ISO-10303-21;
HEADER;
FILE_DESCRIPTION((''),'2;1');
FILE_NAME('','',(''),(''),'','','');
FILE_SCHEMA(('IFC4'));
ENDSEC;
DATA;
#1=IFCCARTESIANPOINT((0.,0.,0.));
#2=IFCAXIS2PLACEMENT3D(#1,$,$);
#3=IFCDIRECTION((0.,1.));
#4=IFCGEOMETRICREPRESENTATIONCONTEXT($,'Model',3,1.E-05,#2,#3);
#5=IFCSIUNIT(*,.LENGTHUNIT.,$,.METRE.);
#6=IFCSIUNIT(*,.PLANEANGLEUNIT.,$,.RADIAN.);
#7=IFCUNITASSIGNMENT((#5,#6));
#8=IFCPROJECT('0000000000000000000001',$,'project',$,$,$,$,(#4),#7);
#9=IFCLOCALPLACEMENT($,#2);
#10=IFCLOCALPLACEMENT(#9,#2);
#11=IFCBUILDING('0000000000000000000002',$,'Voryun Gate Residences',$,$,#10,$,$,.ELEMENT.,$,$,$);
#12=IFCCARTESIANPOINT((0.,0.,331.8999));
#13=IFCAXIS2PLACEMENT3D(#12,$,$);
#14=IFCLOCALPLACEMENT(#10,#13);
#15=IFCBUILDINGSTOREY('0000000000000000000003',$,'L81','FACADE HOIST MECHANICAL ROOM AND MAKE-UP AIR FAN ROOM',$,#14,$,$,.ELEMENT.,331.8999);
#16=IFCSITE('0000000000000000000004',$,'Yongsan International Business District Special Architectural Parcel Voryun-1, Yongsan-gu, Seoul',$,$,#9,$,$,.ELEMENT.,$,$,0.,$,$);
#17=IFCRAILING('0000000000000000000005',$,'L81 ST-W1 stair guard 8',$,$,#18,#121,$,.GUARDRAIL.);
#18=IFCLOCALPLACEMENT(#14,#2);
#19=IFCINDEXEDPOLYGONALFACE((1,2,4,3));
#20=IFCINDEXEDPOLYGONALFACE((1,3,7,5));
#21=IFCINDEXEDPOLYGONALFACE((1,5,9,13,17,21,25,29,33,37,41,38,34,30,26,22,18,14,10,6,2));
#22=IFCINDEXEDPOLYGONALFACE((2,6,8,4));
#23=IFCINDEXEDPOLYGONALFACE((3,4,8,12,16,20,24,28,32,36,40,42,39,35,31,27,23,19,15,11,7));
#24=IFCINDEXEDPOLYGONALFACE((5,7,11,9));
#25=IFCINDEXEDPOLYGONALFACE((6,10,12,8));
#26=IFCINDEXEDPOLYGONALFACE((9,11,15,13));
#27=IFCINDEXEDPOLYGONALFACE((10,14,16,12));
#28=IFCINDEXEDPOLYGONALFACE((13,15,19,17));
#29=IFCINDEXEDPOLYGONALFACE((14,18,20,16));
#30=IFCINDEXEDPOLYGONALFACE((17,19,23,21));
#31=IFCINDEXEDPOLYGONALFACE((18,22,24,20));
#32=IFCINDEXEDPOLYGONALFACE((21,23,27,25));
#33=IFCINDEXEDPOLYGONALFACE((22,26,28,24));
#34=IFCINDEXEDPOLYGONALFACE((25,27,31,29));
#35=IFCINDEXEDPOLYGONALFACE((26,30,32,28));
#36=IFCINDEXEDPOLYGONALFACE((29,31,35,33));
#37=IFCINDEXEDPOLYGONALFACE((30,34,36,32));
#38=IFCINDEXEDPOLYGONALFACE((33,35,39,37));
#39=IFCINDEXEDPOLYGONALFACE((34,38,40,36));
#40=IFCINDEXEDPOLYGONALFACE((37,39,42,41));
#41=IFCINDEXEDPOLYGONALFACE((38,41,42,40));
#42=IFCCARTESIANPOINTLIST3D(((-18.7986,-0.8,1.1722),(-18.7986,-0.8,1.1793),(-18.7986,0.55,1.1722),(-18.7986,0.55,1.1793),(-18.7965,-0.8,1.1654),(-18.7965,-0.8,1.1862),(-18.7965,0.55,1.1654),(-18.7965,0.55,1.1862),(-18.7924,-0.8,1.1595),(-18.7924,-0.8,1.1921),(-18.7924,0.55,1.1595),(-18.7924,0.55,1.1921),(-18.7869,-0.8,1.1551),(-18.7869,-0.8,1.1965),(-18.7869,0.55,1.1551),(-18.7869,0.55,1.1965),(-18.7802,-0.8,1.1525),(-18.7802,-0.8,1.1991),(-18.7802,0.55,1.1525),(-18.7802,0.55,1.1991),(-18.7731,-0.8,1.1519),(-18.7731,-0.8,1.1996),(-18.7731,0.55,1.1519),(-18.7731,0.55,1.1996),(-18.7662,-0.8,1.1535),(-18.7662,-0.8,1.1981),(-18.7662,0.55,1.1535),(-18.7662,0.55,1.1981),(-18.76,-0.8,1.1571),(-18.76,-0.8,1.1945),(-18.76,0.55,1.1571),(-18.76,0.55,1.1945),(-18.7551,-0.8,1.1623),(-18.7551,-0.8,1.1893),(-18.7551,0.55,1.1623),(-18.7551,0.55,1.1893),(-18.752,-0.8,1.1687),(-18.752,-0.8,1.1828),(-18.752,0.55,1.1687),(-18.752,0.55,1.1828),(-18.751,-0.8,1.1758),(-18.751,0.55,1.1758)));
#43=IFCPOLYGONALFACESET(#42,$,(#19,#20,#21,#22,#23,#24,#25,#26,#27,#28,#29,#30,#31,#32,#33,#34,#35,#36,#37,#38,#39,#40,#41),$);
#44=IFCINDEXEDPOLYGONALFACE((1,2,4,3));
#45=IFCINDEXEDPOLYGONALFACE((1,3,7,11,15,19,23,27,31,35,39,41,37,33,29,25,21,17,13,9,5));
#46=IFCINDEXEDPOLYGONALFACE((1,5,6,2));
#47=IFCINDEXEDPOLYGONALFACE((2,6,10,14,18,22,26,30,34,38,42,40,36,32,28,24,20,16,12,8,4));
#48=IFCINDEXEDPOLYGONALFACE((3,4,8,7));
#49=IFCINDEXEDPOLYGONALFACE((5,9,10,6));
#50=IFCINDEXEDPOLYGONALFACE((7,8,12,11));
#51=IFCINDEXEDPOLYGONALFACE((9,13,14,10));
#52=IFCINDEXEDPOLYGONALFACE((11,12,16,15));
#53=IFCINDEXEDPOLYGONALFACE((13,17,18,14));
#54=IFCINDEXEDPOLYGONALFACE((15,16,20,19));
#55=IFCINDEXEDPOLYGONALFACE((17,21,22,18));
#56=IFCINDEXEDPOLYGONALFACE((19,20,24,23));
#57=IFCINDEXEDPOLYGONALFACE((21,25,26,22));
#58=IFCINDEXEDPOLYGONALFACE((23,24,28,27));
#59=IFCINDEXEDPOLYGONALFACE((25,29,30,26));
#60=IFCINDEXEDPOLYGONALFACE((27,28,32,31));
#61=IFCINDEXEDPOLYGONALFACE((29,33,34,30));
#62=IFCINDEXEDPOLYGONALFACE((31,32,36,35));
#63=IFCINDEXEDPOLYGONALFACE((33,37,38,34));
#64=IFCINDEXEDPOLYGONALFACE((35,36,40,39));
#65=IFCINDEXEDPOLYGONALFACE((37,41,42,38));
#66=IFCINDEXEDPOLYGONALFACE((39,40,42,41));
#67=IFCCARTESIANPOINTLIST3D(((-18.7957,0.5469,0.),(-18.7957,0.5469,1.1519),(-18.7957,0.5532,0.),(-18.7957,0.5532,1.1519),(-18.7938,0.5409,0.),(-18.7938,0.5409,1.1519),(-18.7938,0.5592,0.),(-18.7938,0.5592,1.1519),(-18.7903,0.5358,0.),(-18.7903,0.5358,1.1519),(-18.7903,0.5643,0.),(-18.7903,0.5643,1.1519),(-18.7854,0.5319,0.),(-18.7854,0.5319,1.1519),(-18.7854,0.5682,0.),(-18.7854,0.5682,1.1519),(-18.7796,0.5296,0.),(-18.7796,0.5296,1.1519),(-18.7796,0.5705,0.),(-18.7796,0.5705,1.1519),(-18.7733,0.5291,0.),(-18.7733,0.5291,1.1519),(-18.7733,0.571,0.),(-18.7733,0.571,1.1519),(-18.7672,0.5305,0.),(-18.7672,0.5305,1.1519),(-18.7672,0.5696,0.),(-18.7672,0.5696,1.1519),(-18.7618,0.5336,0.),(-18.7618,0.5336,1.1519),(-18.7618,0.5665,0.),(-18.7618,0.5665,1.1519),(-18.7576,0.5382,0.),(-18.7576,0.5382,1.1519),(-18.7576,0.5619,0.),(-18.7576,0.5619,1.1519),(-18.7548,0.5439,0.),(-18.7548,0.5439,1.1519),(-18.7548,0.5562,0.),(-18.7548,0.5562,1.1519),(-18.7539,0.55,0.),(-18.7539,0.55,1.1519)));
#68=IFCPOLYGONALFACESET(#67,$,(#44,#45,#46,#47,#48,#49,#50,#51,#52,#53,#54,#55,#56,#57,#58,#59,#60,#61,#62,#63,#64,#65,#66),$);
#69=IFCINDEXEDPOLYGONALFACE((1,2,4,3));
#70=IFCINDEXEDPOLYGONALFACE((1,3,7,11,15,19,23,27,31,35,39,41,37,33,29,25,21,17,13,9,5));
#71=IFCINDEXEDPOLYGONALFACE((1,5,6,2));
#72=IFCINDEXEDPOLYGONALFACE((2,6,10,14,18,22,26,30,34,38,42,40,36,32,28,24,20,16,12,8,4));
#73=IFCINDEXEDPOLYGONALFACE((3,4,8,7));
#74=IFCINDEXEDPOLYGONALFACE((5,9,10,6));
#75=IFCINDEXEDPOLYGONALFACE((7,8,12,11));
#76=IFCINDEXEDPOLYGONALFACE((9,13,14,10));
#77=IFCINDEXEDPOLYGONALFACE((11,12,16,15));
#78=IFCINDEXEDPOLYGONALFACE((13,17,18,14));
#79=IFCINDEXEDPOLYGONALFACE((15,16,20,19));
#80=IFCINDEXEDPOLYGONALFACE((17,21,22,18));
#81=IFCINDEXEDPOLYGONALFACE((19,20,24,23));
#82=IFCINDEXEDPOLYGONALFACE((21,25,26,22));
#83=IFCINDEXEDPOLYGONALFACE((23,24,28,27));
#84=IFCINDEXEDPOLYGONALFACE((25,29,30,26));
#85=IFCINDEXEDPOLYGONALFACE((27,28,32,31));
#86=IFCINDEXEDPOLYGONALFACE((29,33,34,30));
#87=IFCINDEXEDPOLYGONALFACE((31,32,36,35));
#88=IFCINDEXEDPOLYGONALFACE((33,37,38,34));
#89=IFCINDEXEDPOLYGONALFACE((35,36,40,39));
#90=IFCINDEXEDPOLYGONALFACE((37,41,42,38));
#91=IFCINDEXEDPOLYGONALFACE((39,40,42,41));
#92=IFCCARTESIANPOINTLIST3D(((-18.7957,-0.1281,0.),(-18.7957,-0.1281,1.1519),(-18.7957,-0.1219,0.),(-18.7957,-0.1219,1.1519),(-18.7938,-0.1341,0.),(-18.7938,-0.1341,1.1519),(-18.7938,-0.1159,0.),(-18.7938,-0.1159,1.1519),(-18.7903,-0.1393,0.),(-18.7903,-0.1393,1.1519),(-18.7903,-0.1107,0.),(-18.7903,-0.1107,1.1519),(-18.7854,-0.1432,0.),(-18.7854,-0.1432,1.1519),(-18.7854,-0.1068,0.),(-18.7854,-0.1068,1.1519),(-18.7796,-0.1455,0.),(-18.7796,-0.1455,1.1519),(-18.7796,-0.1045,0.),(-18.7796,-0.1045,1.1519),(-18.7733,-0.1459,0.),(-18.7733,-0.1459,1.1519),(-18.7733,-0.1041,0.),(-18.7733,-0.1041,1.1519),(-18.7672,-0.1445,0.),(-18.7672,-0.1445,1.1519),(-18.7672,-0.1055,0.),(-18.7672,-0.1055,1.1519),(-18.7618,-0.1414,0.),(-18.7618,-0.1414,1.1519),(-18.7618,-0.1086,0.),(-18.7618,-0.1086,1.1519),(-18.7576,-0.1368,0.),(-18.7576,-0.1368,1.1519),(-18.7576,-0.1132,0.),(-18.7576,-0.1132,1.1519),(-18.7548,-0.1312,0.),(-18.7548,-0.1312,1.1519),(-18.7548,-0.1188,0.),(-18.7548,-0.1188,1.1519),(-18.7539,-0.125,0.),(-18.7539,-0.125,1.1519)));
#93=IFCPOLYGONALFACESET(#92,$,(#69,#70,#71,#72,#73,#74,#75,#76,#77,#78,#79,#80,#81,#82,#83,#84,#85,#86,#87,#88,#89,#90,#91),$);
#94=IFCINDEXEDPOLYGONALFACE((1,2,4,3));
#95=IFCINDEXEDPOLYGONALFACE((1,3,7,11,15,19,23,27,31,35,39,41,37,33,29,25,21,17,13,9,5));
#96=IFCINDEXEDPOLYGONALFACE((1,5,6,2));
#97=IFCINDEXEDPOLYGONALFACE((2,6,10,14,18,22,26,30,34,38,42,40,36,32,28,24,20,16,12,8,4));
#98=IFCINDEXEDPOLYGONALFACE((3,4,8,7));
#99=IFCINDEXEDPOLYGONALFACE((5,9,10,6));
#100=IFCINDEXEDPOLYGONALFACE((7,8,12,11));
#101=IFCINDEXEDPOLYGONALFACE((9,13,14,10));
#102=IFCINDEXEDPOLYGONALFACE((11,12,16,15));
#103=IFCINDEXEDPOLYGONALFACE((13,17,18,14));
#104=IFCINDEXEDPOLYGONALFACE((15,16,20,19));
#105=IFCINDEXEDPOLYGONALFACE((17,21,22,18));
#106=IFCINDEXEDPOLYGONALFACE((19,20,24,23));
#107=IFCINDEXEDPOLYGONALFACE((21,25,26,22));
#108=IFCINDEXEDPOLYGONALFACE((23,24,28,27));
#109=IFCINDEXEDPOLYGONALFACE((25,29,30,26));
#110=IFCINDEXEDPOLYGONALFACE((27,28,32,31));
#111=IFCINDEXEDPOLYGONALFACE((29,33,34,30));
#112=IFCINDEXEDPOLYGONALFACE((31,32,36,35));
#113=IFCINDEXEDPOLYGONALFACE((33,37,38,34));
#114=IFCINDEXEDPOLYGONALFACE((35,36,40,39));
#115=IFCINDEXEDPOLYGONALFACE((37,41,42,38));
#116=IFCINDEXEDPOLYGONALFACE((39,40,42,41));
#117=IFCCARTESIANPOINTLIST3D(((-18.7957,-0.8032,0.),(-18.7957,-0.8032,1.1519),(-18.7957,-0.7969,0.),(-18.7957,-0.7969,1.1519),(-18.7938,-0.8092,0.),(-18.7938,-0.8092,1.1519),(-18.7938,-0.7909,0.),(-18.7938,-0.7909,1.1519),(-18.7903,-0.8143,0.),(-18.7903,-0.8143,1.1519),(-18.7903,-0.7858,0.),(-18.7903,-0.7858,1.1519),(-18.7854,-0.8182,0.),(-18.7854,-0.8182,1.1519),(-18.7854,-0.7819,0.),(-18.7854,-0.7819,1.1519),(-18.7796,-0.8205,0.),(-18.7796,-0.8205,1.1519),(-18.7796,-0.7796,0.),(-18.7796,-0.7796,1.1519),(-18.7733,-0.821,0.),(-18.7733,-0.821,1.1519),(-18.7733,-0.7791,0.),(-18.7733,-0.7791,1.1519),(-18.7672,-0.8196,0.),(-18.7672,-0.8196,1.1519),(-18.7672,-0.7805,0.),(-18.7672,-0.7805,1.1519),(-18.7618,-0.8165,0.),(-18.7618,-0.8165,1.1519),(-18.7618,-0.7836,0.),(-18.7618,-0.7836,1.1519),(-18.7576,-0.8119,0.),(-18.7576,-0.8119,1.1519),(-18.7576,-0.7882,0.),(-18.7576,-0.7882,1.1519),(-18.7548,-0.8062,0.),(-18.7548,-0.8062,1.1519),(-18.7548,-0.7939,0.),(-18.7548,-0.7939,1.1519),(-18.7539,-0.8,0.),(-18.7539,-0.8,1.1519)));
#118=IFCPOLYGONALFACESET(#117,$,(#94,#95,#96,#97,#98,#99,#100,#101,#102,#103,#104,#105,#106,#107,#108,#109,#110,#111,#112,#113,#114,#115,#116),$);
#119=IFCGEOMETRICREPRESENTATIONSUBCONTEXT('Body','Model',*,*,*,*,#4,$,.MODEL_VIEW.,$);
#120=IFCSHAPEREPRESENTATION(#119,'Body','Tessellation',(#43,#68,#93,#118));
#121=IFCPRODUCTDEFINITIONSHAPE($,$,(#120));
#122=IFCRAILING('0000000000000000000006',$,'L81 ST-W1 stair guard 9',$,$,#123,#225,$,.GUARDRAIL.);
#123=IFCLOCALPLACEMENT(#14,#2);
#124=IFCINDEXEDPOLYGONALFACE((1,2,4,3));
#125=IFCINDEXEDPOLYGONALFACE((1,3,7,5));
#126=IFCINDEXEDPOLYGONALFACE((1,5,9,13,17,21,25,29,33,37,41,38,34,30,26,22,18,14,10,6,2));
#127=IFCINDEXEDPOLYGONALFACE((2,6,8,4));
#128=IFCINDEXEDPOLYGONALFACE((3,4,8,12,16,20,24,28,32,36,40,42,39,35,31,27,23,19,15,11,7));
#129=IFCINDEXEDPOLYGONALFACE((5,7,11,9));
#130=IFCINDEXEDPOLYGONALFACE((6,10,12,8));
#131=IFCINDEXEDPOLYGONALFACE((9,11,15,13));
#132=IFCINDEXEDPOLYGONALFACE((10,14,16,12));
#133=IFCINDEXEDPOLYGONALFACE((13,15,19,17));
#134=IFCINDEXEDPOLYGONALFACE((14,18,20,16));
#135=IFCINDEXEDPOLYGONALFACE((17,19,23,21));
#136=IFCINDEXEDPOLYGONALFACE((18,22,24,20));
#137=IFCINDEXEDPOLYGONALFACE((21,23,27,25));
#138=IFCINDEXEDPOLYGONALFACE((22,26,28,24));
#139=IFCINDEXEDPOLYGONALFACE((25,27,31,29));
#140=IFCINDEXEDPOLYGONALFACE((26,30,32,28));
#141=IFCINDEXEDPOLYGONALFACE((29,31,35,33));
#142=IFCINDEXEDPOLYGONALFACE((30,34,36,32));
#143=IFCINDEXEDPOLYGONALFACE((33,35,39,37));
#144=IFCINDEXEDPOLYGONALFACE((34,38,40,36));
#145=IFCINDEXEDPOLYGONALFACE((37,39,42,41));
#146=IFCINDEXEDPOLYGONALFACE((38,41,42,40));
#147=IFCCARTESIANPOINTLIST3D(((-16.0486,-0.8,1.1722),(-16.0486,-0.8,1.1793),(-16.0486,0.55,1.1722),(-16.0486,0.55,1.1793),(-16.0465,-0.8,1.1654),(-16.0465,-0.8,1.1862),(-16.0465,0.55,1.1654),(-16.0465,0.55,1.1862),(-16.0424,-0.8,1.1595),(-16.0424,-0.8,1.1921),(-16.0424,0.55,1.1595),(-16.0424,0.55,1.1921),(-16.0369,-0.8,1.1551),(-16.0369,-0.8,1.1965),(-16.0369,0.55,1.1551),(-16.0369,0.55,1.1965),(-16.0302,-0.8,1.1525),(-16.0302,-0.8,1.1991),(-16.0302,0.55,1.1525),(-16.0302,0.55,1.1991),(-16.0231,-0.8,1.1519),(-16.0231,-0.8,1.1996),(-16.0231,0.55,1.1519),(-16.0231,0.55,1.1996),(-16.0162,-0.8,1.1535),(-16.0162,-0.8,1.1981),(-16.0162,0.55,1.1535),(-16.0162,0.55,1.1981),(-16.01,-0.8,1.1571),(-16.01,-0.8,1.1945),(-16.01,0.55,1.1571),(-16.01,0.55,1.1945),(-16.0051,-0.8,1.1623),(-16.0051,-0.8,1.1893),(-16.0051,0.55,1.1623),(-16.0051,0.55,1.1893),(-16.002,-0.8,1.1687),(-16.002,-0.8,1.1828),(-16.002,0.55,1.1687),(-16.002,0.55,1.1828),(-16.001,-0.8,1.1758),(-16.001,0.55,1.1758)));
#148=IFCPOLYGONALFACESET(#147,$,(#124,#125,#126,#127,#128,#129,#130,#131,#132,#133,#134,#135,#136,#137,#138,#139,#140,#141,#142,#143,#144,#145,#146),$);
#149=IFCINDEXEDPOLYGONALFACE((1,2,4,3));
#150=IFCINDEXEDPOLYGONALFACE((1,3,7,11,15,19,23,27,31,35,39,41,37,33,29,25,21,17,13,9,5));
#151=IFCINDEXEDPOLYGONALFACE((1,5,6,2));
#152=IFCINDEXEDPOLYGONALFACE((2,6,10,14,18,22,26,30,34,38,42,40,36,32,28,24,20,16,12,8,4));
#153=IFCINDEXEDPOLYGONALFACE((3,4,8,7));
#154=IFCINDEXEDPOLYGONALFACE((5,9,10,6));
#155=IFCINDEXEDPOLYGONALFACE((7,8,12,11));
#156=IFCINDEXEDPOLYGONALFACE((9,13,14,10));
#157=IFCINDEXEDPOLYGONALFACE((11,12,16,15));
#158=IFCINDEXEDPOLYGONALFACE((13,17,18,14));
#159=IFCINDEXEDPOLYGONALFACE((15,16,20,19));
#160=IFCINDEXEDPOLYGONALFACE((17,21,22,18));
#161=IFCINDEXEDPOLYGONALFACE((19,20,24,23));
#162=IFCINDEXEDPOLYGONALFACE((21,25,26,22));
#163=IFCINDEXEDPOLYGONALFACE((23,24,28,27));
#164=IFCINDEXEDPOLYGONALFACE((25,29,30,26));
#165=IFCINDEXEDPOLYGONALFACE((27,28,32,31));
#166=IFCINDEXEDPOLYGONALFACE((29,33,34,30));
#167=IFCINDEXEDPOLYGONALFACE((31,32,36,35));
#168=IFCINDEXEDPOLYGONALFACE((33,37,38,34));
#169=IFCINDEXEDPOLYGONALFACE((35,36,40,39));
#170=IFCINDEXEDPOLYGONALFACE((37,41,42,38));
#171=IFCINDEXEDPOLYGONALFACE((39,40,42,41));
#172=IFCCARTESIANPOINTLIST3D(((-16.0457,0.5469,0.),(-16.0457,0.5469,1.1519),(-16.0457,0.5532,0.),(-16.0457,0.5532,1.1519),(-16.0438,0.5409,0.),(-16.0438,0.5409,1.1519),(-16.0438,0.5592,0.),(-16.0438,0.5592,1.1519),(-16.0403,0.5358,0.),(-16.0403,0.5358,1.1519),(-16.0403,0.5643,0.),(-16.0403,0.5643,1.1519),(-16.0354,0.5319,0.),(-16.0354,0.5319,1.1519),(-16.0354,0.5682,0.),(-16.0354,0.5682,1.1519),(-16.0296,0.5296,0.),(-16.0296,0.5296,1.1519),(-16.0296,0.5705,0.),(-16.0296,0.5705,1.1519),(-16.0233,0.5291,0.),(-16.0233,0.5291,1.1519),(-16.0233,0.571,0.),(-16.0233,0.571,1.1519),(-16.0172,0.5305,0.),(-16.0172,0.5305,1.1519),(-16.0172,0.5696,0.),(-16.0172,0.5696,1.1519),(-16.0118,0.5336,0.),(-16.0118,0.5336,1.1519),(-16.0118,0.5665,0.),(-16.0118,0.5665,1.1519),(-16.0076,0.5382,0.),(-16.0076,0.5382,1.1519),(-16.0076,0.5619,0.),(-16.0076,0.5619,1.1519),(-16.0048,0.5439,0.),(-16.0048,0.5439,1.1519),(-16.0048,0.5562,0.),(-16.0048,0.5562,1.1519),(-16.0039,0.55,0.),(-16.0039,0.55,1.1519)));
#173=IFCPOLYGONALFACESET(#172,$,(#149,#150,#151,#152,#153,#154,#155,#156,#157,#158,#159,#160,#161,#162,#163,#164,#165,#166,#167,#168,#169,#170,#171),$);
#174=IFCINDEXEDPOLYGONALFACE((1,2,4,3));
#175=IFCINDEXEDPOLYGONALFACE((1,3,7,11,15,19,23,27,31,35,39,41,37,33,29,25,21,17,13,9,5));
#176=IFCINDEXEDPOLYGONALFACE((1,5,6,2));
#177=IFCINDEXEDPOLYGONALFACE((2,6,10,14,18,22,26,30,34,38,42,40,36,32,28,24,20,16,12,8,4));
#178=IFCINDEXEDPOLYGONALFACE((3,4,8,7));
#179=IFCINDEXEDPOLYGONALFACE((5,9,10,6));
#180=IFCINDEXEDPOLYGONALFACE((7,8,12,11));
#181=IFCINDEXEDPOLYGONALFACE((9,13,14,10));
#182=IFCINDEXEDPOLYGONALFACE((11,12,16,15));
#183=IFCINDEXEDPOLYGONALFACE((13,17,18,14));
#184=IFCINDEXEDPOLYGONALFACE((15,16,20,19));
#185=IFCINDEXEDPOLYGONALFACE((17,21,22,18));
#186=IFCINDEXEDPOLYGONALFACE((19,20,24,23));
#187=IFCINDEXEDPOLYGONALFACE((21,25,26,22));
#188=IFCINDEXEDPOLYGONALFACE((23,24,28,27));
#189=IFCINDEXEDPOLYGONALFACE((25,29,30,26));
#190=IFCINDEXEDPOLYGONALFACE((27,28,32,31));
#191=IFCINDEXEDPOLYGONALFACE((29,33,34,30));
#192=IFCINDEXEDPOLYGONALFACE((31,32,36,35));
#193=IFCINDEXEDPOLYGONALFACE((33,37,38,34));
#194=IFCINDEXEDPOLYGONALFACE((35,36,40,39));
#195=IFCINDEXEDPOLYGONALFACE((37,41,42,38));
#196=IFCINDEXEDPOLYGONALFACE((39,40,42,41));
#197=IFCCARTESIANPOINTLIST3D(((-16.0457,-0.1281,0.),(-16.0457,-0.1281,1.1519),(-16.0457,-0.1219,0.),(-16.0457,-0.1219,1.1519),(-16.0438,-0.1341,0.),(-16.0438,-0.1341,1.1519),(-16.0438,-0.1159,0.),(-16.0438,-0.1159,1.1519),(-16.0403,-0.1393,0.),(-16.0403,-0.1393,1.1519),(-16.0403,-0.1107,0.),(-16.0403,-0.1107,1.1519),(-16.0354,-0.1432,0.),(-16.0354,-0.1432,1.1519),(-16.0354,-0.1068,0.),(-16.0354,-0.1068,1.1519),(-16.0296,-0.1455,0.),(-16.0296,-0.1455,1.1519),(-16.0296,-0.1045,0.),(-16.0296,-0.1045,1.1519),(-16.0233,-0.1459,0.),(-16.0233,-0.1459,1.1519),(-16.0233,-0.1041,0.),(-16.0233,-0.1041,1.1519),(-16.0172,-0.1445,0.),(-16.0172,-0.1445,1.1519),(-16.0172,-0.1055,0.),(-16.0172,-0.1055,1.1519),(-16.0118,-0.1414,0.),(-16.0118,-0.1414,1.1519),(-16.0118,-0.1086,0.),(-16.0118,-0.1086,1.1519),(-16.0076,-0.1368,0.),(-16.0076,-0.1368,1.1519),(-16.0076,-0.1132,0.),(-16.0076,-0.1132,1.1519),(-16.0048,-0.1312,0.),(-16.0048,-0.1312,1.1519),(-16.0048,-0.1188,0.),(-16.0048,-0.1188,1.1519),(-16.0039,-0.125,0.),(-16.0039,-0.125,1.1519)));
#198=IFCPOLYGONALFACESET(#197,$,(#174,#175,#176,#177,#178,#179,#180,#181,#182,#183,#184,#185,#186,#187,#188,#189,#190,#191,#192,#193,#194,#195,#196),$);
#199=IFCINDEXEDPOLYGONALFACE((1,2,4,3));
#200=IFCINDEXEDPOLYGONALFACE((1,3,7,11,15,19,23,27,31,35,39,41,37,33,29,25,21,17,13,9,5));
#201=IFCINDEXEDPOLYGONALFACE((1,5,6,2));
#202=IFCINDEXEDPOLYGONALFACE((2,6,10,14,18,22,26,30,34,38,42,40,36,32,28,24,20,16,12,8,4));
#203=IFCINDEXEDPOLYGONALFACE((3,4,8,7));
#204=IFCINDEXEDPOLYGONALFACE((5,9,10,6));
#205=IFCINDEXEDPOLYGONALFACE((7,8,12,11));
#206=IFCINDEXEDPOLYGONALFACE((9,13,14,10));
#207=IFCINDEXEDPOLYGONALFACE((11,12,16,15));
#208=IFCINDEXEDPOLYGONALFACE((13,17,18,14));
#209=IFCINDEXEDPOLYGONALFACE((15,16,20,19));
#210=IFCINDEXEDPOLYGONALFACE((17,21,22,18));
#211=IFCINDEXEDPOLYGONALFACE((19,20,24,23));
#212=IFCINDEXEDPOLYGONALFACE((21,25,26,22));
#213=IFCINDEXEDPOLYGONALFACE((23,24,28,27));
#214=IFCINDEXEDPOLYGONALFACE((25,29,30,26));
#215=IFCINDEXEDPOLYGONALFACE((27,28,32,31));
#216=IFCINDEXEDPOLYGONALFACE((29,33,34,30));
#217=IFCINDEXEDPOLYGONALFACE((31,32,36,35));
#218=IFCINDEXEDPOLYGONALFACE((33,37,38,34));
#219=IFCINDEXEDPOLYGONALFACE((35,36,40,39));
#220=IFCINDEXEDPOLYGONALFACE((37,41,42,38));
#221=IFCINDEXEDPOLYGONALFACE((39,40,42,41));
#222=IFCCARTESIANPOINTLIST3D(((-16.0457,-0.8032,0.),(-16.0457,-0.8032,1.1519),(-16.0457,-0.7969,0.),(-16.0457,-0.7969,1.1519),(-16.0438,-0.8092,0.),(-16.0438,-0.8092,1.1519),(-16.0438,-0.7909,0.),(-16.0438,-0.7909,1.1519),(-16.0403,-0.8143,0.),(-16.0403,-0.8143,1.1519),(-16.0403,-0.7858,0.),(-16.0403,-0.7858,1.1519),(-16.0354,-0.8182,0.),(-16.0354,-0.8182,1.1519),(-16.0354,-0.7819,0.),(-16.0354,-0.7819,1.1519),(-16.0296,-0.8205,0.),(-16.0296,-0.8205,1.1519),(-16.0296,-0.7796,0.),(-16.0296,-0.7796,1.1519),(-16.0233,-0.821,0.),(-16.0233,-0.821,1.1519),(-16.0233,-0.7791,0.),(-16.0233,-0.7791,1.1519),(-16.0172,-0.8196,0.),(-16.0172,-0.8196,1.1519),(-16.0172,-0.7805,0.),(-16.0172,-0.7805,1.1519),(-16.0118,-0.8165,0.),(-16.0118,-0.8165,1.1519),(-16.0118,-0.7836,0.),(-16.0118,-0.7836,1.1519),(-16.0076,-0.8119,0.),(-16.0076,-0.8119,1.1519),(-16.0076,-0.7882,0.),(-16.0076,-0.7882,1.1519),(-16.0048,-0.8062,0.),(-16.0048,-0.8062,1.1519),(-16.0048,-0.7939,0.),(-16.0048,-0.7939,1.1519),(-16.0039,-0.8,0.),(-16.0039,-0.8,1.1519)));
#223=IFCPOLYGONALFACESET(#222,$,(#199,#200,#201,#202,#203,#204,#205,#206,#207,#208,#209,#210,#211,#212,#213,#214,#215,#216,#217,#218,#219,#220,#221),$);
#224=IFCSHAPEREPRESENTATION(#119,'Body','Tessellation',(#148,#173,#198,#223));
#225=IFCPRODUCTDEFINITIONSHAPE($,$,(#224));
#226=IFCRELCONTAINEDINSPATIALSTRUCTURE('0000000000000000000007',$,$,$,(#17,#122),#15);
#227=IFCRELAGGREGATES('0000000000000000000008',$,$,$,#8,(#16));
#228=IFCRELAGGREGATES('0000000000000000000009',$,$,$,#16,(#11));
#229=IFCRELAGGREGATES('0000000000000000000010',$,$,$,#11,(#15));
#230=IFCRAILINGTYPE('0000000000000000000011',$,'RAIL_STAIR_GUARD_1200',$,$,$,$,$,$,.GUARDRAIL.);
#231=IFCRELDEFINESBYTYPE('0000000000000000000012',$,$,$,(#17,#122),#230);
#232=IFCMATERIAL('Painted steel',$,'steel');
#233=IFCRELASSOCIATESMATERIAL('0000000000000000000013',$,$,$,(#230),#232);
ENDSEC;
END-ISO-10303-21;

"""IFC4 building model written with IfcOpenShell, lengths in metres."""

from ifc_helpers import new_model, si_unit, direction, frame, origin, origin_2d, place, context, subcontext, project, spatial, circle, extrude, material, type_object, element, save


model = new_model("IFC4")

# Units and contexts
model_context = context("Model", 3, precision=1e-05, world=origin(), true_north=direction((0.0, 1.0)))
body_context = subcontext(model_context, "Body", "Model", "MODEL_VIEW")
ifc_project = project(units=[si_unit("LENGTHUNIT", "METRE"), si_unit("PLANEANGLEUNIT", "RADIAN")], contexts=[model_context])

# Site, building, storey
site_placement = place(None, origin())
site = spatial("IfcSite", under=ifc_project, at=site_placement, Name="Yongsan International Business District Special Architectural Parcel Voryun-1, Yongsan-gu, Seoul", CompositionType="ELEMENT", RefElevation=0.0)
building_placement = place(site_placement, origin())
building = spatial("IfcBuilding", under=site, at=building_placement, Name="Voryun Gate Residences", CompositionType="ELEMENT")
storey_placement = place(building_placement, frame((0.0, 0.0, 331.8999)))
storey = spatial("IfcBuildingStorey", under=building, at=storey_placement, Name="L81", Description="FACADE HOIST MECHANICAL ROOM AND MAKE-UP AIR FAN ROOM", CompositionType="ELEMENT", Elevation=331.8999)

# Railings
ifc_material_1 = material(Name="Painted steel", Category="steel")
railing_type = type_object("IfcRailingType", Name="RAIL_STAIR_GUARD_1200", PredefinedType="GUARDRAIL", material=ifc_material_1)
for number, where, name in (
    (1, (-18.7749, 0.55, 0.0), "L81 ST-W1 stair guard 8"),
    (2, (-16.0249, 0.55, 0.0), "L81 ST-W1 stair guard 9"),
):
    element("IfcRailing", number, at=place(storey_placement, frame(where)), inside=storey, type_object=railing_type, Name=name, PredefinedType="GUARDRAIL", context=body_context, shape_type="SweptSolid", body=[
        extrude(circle(Radius=0.0239, at=origin_2d()), frame((0.0, 0.0, 1.1758), z_axis=(0.0, -1.0, 0.0), x_axis=(1.0, 0.0, 0.0)), (0.0, 0.0, 1.0), 1.3501),
        extrude(circle(Radius=0.021, at=origin_2d()), origin(), (0.0, 0.0, 1.0), 1.1519),
        extrude(circle(Radius=0.021, at=origin_2d()), frame((0.0, -0.675, 0.0)), (0.0, 0.0, 1.0), 1.1519),
        extrude(circle(Radius=0.021, at=origin_2d()), frame((0.0, -1.3501, 0.0)), (0.0, 0.0, 1.0), 1.1519),
    ])

save(model, "model.ifc")
